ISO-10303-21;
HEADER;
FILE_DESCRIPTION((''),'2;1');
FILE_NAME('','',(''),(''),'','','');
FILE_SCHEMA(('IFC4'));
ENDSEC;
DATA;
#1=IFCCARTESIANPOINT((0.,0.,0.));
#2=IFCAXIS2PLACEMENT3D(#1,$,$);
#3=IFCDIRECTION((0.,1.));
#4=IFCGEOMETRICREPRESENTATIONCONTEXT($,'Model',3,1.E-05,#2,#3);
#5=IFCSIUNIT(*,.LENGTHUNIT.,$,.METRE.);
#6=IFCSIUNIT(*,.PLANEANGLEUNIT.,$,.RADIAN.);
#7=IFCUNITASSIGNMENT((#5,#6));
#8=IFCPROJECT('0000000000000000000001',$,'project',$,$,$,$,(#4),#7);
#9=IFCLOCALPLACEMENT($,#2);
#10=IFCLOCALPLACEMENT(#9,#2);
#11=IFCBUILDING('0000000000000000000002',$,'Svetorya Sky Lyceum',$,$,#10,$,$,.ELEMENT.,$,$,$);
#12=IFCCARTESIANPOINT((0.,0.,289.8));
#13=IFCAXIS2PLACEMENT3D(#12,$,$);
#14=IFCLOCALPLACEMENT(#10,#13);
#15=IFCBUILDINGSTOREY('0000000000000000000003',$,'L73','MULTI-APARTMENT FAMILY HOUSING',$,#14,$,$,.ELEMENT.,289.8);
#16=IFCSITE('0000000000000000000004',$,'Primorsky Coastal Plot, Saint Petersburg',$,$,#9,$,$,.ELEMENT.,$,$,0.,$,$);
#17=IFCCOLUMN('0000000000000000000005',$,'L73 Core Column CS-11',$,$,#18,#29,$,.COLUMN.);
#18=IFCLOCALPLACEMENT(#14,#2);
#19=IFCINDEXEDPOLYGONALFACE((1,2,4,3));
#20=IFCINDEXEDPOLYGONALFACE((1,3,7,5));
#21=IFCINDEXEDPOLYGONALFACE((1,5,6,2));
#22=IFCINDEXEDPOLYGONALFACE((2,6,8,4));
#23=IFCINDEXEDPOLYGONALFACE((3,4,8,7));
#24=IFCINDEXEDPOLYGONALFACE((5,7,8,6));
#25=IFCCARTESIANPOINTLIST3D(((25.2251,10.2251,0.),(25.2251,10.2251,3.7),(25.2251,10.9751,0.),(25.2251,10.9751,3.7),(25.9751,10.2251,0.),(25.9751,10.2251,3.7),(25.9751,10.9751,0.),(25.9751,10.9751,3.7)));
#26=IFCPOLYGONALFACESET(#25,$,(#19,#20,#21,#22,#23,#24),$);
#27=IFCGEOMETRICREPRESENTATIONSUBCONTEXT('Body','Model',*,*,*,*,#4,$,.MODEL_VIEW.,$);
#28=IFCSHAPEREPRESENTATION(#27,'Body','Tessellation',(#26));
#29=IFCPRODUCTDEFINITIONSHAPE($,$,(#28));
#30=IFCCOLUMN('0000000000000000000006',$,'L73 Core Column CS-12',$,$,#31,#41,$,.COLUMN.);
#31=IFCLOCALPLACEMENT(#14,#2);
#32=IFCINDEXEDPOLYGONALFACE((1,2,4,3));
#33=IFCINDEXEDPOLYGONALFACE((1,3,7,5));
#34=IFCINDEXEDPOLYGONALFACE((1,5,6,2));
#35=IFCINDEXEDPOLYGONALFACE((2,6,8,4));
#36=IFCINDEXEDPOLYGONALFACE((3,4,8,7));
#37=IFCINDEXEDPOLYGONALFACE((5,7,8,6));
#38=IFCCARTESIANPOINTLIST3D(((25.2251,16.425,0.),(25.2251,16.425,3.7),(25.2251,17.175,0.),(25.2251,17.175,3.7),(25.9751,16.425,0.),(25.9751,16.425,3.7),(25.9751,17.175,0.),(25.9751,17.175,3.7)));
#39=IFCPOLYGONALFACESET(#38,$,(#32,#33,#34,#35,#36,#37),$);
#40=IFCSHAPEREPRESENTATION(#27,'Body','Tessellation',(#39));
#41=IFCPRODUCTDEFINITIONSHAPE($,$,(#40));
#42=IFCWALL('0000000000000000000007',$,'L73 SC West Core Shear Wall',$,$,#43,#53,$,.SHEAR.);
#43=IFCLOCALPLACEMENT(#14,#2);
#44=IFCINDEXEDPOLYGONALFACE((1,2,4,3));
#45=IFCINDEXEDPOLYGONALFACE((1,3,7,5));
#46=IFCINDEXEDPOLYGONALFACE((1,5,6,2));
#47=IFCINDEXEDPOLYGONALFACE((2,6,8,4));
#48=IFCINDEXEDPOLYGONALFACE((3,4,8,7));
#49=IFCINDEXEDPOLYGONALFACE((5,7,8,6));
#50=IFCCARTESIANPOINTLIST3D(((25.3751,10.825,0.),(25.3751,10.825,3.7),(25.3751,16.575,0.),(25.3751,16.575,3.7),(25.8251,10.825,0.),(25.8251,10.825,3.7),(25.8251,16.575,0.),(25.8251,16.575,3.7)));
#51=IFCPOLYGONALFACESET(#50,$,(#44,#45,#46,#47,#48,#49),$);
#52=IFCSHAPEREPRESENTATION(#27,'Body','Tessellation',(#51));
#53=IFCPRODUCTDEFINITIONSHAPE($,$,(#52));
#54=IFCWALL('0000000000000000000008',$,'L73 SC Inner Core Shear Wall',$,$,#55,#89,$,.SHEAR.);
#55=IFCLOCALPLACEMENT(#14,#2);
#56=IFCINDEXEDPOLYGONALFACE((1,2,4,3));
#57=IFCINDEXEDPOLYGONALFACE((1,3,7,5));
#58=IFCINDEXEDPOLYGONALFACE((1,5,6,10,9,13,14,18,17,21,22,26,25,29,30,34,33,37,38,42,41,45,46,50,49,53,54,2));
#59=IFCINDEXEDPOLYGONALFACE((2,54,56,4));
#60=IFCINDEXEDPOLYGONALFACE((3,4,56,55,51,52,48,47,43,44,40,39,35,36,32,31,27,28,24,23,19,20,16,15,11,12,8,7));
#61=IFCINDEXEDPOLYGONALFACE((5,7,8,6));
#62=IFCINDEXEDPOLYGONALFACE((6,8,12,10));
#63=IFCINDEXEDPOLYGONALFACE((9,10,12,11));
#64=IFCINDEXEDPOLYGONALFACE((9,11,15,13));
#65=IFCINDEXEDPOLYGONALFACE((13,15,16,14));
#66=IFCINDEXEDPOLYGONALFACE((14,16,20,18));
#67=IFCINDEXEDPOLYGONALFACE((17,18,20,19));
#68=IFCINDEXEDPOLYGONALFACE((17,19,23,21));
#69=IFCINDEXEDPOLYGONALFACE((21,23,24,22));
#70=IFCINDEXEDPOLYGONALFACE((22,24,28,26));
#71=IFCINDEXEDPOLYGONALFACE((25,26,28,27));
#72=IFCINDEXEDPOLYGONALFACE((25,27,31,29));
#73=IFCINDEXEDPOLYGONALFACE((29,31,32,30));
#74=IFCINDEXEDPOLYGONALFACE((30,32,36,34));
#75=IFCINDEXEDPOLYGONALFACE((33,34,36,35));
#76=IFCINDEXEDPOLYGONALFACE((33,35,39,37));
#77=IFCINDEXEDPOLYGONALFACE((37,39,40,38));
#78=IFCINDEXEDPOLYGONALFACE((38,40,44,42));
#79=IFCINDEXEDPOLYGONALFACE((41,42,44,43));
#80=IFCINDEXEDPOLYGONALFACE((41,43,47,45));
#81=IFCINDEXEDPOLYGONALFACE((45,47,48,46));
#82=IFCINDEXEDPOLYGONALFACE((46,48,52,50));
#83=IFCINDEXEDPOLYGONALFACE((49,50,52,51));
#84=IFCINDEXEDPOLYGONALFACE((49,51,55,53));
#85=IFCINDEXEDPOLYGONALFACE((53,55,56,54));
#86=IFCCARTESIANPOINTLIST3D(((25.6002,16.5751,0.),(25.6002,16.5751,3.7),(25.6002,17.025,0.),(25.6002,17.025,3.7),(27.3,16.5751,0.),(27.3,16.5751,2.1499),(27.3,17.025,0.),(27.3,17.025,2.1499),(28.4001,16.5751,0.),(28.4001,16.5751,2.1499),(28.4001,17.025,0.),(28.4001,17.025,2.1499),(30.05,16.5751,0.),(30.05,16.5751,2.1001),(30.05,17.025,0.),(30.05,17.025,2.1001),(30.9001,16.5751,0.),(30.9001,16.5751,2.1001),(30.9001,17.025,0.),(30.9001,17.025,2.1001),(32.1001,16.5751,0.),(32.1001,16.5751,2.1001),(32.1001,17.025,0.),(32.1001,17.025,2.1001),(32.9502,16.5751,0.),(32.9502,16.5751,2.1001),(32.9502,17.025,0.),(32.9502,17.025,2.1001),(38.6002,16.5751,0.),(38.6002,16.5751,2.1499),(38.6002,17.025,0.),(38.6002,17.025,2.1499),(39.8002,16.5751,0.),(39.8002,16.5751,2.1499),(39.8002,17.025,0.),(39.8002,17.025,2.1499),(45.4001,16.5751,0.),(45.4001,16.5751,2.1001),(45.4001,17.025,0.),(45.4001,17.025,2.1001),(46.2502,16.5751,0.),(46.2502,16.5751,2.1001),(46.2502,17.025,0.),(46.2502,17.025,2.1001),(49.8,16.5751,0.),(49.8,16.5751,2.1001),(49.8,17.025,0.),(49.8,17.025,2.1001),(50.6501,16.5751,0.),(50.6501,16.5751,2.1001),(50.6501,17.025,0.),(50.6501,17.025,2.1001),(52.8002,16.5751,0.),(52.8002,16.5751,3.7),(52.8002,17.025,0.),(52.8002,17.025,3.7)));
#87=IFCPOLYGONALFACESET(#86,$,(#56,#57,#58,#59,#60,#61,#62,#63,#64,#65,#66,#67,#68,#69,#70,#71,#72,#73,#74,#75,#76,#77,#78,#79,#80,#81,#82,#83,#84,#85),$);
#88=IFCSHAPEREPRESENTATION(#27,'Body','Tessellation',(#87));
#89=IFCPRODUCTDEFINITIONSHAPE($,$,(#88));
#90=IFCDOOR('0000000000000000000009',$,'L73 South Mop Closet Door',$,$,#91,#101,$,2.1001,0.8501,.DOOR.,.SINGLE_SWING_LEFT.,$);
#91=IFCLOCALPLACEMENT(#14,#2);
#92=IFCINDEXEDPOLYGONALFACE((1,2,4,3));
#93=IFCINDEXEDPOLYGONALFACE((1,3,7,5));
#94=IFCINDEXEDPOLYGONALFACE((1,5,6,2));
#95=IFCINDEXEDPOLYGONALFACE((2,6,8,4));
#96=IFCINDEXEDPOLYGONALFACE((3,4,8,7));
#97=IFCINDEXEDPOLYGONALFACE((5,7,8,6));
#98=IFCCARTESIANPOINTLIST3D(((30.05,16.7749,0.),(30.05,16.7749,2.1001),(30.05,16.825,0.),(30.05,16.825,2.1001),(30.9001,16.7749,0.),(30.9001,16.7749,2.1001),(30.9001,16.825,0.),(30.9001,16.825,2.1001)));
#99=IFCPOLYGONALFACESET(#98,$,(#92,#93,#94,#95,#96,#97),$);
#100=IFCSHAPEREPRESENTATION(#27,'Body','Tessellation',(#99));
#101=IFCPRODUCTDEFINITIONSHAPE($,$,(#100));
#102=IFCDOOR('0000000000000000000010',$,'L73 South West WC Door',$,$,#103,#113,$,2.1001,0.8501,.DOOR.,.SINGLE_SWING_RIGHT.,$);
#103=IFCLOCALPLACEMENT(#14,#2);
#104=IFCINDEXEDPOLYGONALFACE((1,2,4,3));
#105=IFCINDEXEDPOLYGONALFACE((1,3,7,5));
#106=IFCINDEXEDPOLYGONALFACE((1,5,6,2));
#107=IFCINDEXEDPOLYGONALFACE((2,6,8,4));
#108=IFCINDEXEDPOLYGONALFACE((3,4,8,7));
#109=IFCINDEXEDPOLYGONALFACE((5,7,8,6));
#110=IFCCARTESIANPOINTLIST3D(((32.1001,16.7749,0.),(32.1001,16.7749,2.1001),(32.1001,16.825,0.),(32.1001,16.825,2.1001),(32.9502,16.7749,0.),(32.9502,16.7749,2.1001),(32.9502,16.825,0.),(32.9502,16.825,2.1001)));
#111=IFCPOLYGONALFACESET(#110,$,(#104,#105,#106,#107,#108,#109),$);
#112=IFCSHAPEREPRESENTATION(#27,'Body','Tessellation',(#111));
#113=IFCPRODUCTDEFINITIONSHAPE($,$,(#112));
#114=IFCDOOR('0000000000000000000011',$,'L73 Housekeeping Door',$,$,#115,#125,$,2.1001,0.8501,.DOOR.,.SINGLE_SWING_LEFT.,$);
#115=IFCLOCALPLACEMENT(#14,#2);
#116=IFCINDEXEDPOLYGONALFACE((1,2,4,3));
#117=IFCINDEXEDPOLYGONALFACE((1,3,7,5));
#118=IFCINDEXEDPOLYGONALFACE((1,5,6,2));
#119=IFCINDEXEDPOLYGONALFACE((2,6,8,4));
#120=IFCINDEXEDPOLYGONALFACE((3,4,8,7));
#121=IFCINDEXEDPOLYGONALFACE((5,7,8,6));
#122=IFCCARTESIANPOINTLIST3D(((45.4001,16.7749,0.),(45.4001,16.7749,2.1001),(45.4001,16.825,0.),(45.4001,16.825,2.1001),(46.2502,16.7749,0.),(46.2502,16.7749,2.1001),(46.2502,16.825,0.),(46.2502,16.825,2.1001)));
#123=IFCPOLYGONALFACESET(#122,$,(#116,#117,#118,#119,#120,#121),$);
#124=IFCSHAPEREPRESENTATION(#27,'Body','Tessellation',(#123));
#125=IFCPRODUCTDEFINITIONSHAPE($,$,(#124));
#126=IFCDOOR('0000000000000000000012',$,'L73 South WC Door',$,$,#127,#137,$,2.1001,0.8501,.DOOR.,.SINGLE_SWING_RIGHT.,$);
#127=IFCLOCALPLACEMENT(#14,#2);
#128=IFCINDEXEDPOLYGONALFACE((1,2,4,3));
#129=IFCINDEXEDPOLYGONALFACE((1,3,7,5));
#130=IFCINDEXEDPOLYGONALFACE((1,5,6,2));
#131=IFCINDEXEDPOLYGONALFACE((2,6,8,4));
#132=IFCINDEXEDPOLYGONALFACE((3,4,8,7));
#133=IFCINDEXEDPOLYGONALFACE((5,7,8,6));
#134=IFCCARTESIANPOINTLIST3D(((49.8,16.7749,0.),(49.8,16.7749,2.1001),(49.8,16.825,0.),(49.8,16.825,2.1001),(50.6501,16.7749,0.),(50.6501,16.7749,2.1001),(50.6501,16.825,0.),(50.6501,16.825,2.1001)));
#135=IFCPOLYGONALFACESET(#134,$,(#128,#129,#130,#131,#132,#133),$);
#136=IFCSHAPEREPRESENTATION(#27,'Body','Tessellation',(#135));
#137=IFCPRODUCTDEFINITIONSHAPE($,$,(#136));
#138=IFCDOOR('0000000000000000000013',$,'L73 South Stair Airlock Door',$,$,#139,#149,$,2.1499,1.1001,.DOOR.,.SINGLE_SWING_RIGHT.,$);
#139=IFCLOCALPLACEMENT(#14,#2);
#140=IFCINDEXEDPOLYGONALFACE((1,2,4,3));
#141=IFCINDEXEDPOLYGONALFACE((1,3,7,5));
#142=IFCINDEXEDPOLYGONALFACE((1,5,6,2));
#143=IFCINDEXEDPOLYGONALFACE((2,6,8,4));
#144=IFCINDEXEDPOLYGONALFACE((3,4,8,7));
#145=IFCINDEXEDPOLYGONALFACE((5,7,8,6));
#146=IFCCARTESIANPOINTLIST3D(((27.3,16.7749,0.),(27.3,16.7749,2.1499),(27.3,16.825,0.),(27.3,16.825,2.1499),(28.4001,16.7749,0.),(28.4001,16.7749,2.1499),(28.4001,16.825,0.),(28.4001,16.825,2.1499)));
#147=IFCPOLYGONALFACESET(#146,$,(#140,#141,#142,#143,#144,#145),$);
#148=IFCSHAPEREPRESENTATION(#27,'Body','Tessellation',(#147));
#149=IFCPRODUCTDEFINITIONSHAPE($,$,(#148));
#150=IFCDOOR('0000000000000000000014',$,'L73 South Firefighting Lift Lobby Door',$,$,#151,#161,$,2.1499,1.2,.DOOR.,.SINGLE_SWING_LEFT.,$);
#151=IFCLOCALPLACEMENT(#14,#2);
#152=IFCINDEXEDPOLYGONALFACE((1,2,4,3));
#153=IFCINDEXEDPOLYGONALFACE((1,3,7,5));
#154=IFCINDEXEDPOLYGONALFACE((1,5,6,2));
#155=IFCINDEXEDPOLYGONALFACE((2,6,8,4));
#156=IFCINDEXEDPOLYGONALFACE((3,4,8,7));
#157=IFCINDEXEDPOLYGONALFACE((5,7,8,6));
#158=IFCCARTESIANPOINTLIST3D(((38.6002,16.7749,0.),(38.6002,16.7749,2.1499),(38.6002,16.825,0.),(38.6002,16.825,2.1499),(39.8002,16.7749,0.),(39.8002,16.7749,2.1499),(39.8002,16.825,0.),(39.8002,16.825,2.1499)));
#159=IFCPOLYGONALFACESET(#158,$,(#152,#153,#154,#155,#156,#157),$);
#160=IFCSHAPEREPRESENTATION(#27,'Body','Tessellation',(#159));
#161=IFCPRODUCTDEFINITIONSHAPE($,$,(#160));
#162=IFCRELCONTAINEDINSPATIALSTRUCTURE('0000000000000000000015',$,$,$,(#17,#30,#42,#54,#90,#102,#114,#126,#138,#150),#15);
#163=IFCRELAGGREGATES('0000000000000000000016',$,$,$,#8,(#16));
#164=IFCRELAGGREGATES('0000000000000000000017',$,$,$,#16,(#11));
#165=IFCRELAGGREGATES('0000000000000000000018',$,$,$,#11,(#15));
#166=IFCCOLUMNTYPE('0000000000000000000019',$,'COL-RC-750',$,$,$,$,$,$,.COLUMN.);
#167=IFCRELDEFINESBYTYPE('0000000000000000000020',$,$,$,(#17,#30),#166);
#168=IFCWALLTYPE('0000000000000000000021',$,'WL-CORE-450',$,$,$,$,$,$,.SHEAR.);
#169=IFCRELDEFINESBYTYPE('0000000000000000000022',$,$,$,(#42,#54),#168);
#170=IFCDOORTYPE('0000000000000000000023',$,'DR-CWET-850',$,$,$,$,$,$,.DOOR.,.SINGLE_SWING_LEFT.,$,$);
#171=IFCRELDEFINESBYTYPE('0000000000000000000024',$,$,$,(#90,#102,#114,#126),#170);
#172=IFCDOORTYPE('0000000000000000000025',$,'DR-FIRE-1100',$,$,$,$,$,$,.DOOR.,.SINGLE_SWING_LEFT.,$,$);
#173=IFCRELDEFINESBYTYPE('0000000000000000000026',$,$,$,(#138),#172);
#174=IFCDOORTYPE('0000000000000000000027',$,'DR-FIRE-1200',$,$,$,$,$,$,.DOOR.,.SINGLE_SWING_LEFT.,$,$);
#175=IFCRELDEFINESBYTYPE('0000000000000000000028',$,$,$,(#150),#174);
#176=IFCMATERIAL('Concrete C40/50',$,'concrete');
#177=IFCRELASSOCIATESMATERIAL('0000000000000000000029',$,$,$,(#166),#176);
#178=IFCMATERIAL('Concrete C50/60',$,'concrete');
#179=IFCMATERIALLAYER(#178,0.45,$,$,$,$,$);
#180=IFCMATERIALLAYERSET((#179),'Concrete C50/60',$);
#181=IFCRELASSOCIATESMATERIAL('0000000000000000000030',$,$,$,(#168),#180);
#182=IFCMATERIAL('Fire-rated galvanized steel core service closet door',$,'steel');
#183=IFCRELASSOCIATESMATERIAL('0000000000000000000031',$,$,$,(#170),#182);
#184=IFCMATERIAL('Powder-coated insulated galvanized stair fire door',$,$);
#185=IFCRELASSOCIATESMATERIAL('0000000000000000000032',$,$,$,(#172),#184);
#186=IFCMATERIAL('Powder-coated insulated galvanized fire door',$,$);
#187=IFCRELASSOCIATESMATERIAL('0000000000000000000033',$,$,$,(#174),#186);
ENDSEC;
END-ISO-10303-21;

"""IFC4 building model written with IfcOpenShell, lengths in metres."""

from ifc_helpers import new_model, si_unit, direction, frame, frame_2d, origin, origin_2d, place, context, subcontext, project, spatial, rectangle, extrude, material, layer, layer_set, material_profile, profile_set, type_object, element, fill, save


model = new_model("IFC4")

# Units and contexts
model_context = context("Model", 3, precision=1e-05, world=origin(), true_north=direction((0.0, 1.0)))
body_context = subcontext(model_context, "Body", "Model", "MODEL_VIEW")
ifc_project = project(units=[si_unit("LENGTHUNIT", "METRE"), si_unit("PLANEANGLEUNIT", "RADIAN")], contexts=[model_context])

# Site, building, storey
site_placement = place(None, origin())
site = spatial("IfcSite", under=ifc_project, at=site_placement, Name="Primorsky Coastal Plot, Saint Petersburg", CompositionType="ELEMENT", RefElevation=0.0)
building_placement = place(site_placement, origin())
building = spatial("IfcBuilding", under=site, at=building_placement, Name="Svetorya Sky Lyceum", CompositionType="ELEMENT")
storey_placement = place(building_placement, frame((0.0, 0.0, 289.8)))
storey = spatial("IfcBuildingStorey", under=building, at=storey_placement, Name="L73", Description="MULTI-APARTMENT FAMILY HOUSING", CompositionType="ELEMENT", Elevation=289.8)

# Columns
ifc_material_1 = material(Name="Concrete C40/50", Category="concrete")
ifc_material_profile = material_profile(ifc_material_1, rectangle(XDim=0.75, YDim=0.75, at=origin_2d()), Name="RC COL 750x750")
ifc_profile_set = profile_set([ifc_material_profile], Name="Concrete C40/50")
column_type = type_object("IfcColumnType", Name="COL-RC-750", PredefinedType="COLUMN", material=ifc_profile_set)
for number, where, z_axis, x_axis, name in (
    (1, (25.6001, 10.6001, 0.0), (0.0, 0.0, 1.0), (1.0, 0.0, 0.0), "L73 Core Column CS-11"),
    (2, (25.6001, 16.8, 0.0), (0.0, 0.0, 1.0), (1.0, 0.0, 0.0), "L73 Core Column CS-12"),
):
    element("IfcColumn", number, at=place(storey_placement, frame(where, z_axis=z_axis, x_axis=x_axis)), inside=storey, type_object=column_type, Name=name, PredefinedType="COLUMN", context=body_context, shape_type="SweptSolid", body=[
        extrude(rectangle(XDim=0.75, YDim=0.75, at=origin_2d()), origin(), (0.0, 0.0, 1.0), 3.7),
    ])

# Wall
ifc_material_2 = material(Name="Concrete C50/60", Category="concrete")
ifc_layer_1 = layer(ifc_material_2, 0.45)
ifc_layer_set_1 = layer_set([ifc_layer_1], Name="Concrete C50/60")
wall_type_1 = type_object("IfcWallType", Name="WL-CORE-450", PredefinedType="SHEAR", material=ifc_layer_set_1)
wall_1_placement = place(storey_placement, frame((25.6001, 10.825, 0.0), z_axis=(0.0, 0.0, 1.0), x_axis=(0.0, 1.0, 0.0)))
element("IfcWall", 3, at=wall_1_placement, inside=storey, type_object=wall_type_1, Name="L73 SC West Core Shear Wall", PredefinedType="SHEAR", context=body_context, shape_type="SweptSolid", body=[
    extrude(rectangle(XDim=5.75, YDim=0.45, at=frame_2d((2.875, 0.0))), origin(), (0.0, 0.0, 1.0), 3.7),
])

# Wall, openings, doors
wall_2_placement = place(storey_placement, frame((25.6001, 16.8, 0.0), z_axis=(0.0, 0.0, 1.0), x_axis=(1.0, 0.0, 0.0)))
wall_2 = element("IfcWall", 4, at=wall_2_placement, inside=storey, type_object=wall_type_1, Name="L73 SC Inner Core Shear Wall", PredefinedType="SHEAR", context=body_context, shape_type="SweptSolid", body=[
    extrude(rectangle(XDim=27.2, YDim=0.45, at=frame_2d((13.6001, 0.0))), origin(), (0.0, 0.0, 1.0), 3.7),
])
opening_1_placement = place(wall_2_placement, frame((1.7, 0.0, 0.0)))
opening_1 = element("IfcOpeningElement", 5, at=opening_1_placement, cuts=wall_2, PredefinedType="OPENING", context=body_context, shape_type="SweptSolid", body=[
    extrude(rectangle(XDim=1.1001, YDim=2.1499, at=frame_2d((0.55, 1.075))), frame((0.0, 0.2349, 0.0), z_axis=(0.0, -1.0, 0.0), x_axis=(1.0, 0.0, 0.0)), (0.0, 0.0, 1.0), 0.47),
])
opening_2_placement = place(wall_2_placement, frame((4.45, 0.0, 0.0)))
opening_2 = element("IfcOpeningElement", 6, at=opening_2_placement, cuts=wall_2, PredefinedType="OPENING", context=body_context, shape_type="SweptSolid", body=[
    extrude(rectangle(XDim=0.8501, YDim=2.1001, at=frame_2d((0.425, 1.05))), frame((0.0, 0.2349, 0.0), z_axis=(0.0, -1.0, 0.0), x_axis=(1.0, 0.0, 0.0)), (0.0, 0.0, 1.0), 0.47),
])
opening_3_placement = place(wall_2_placement, frame((6.5, 0.0, 0.0)))
opening_3 = element("IfcOpeningElement", 7, at=opening_3_placement, cuts=wall_2, PredefinedType="OPENING", context=body_context, shape_type="SweptSolid", body=[
    extrude(rectangle(XDim=0.8501, YDim=2.1001, at=frame_2d((0.425, 1.05))), frame((0.0, 0.2349, 0.0), z_axis=(0.0, -1.0, 0.0), x_axis=(1.0, 0.0, 0.0)), (0.0, 0.0, 1.0), 0.47),
])
opening_4_placement = place(wall_2_placement, frame((13.0, 0.0, 0.0)))
opening_4 = element("IfcOpeningElement", 8, at=opening_4_placement, cuts=wall_2, PredefinedType="OPENING", context=body_context, shape_type="SweptSolid", body=[
    extrude(rectangle(XDim=1.2, YDim=2.1499, at=frame_2d((0.6001, 1.075))), frame((0.0, 0.2349, 0.0), z_axis=(0.0, -1.0, 0.0), x_axis=(1.0, 0.0, 0.0)), (0.0, 0.0, 1.0), 0.47),
])
opening_5_placement = place(wall_2_placement, frame((19.8, 0.0, 0.0)))
opening_5 = element("IfcOpeningElement", 9, at=opening_5_placement, cuts=wall_2, PredefinedType="OPENING", context=body_context, shape_type="SweptSolid", body=[
    extrude(rectangle(XDim=0.8501, YDim=2.1001, at=frame_2d((0.425, 1.05))), frame((0.0, 0.2349, 0.0), z_axis=(0.0, -1.0, 0.0), x_axis=(1.0, 0.0, 0.0)), (0.0, 0.0, 1.0), 0.47),
])
opening_6_placement = place(wall_2_placement, frame((24.2, 0.0, 0.0)))
opening_6 = element("IfcOpeningElement", 10, at=opening_6_placement, cuts=wall_2, PredefinedType="OPENING", context=body_context, shape_type="SweptSolid", body=[
    extrude(rectangle(XDim=0.8501, YDim=2.1001, at=frame_2d((0.425, 1.05))), frame((0.0, 0.2349, 0.0), z_axis=(0.0, -1.0, 0.0), x_axis=(1.0, 0.0, 0.0)), (0.0, 0.0, 1.0), 0.47),
])
ifc_material_3 = material(Name="Fire-rated galvanized steel core service closet door", Category="steel")
door_type_1 = type_object("IfcDoorType", Name="DR-CWET-850", OperationType="SINGLE_SWING_LEFT", PredefinedType="DOOR", material=ifc_material_3)
door_1_placement = place(opening_2_placement, origin())
door_1 = element("IfcDoor", 11, at=door_1_placement, inside=storey, type_object=door_type_1, Name="L73 South Mop Closet Door", OperationType="SINGLE_SWING_LEFT", OverallHeight=2.1001, OverallWidth=0.8501, PredefinedType="DOOR", context=body_context, shape_type="SweptSolid", body=[
    extrude(rectangle(XDim=0.8501, YDim=2.1001, at=frame_2d((0.425, 1.05))), frame((0.0, 0.0249, 0.0), z_axis=(0.0, -1.0, 0.0), x_axis=(1.0, 0.0, 0.0)), (0.0, 0.0, 1.0), 0.05),
])
fill(opening_2, door_1)
door_2_placement = place(opening_3_placement, origin())
door_2 = element("IfcDoor", 12, at=door_2_placement, inside=storey, type_object=door_type_1, Name="L73 South West WC Door", OperationType="SINGLE_SWING_RIGHT", OverallHeight=2.1001, OverallWidth=0.8501, PredefinedType="DOOR", context=body_context, shape_type="SweptSolid", body=[
    extrude(rectangle(XDim=0.8501, YDim=2.1001, at=frame_2d((0.425, 1.05))), frame((0.0, 0.0249, 0.0), z_axis=(0.0, -1.0, 0.0), x_axis=(1.0, 0.0, 0.0)), (0.0, 0.0, 1.0), 0.05),
])
fill(opening_3, door_2)
door_3_placement = place(opening_5_placement, origin())
door_3 = element("IfcDoor", 13, at=door_3_placement, inside=storey, type_object=door_type_1, Name="L73 Housekeeping Door", OperationType="SINGLE_SWING_LEFT", OverallHeight=2.1001, OverallWidth=0.8501, PredefinedType="DOOR", context=body_context, shape_type="SweptSolid", body=[
    extrude(rectangle(XDim=0.8501, YDim=2.1001, at=frame_2d((0.425, 1.05))), frame((0.0, 0.0249, 0.0), z_axis=(0.0, -1.0, 0.0), x_axis=(1.0, 0.0, 0.0)), (0.0, 0.0, 1.0), 0.05),
])
fill(opening_5, door_3)
door_4_placement = place(opening_6_placement, origin())
door_4 = element("IfcDoor", 14, at=door_4_placement, inside=storey, type_object=door_type_1, Name="L73 South WC Door", OperationType="SINGLE_SWING_RIGHT", OverallHeight=2.1001, OverallWidth=0.8501, PredefinedType="DOOR", context=body_context, shape_type="SweptSolid", body=[
    extrude(rectangle(XDim=0.8501, YDim=2.1001, at=frame_2d((0.425, 1.05))), frame((0.0, 0.0249, 0.0), z_axis=(0.0, -1.0, 0.0), x_axis=(1.0, 0.0, 0.0)), (0.0, 0.0, 1.0), 0.05),
])
fill(opening_6, door_4)
ifc_material_4 = material(Name="Powder-coated insulated galvanized stair fire door")
door_type_2 = type_object("IfcDoorType", Name="DR-FIRE-1100", OperationType="SINGLE_SWING_LEFT", PredefinedType="DOOR", material=ifc_material_4)
door_5_placement = place(opening_1_placement, origin())
door_5 = element("IfcDoor", 15, at=door_5_placement, inside=storey, type_object=door_type_2, Name="L73 South Stair Airlock Door", OperationType="SINGLE_SWING_RIGHT", OverallHeight=2.1499, OverallWidth=1.1001, PredefinedType="DOOR", context=body_context, shape_type="SweptSolid", body=[
    extrude(rectangle(XDim=1.1001, YDim=2.1499, at=frame_2d((0.55, 1.075))), frame((0.0, 0.0249, 0.0), z_axis=(0.0, -1.0, 0.0), x_axis=(1.0, 0.0, 0.0)), (0.0, 0.0, 1.0), 0.05),
])
fill(opening_1, door_5)
ifc_material_5 = material(Name="Powder-coated insulated galvanized fire door")
door_type_3 = type_object("IfcDoorType", Name="DR-FIRE-1200", OperationType="SINGLE_SWING_LEFT", PredefinedType="DOOR", material=ifc_material_5)
door_6_placement = place(opening_4_placement, origin())
door_6 = element("IfcDoor", 16, at=door_6_placement, inside=storey, type_object=door_type_3, Name="L73 South Firefighting Lift Lobby Door", OperationType="SINGLE_SWING_LEFT", OverallHeight=2.1499, OverallWidth=1.2, PredefinedType="DOOR", context=body_context, shape_type="SweptSolid", body=[
    extrude(rectangle(XDim=1.2, YDim=2.1499, at=frame_2d((0.6001, 1.075))), frame((0.0, 0.0249, 0.0), z_axis=(0.0, -1.0, 0.0), x_axis=(1.0, 0.0, 0.0)), (0.0, 0.0, 1.0), 0.05),
])
fill(opening_4, door_6)

save(model, "model.ifc")
